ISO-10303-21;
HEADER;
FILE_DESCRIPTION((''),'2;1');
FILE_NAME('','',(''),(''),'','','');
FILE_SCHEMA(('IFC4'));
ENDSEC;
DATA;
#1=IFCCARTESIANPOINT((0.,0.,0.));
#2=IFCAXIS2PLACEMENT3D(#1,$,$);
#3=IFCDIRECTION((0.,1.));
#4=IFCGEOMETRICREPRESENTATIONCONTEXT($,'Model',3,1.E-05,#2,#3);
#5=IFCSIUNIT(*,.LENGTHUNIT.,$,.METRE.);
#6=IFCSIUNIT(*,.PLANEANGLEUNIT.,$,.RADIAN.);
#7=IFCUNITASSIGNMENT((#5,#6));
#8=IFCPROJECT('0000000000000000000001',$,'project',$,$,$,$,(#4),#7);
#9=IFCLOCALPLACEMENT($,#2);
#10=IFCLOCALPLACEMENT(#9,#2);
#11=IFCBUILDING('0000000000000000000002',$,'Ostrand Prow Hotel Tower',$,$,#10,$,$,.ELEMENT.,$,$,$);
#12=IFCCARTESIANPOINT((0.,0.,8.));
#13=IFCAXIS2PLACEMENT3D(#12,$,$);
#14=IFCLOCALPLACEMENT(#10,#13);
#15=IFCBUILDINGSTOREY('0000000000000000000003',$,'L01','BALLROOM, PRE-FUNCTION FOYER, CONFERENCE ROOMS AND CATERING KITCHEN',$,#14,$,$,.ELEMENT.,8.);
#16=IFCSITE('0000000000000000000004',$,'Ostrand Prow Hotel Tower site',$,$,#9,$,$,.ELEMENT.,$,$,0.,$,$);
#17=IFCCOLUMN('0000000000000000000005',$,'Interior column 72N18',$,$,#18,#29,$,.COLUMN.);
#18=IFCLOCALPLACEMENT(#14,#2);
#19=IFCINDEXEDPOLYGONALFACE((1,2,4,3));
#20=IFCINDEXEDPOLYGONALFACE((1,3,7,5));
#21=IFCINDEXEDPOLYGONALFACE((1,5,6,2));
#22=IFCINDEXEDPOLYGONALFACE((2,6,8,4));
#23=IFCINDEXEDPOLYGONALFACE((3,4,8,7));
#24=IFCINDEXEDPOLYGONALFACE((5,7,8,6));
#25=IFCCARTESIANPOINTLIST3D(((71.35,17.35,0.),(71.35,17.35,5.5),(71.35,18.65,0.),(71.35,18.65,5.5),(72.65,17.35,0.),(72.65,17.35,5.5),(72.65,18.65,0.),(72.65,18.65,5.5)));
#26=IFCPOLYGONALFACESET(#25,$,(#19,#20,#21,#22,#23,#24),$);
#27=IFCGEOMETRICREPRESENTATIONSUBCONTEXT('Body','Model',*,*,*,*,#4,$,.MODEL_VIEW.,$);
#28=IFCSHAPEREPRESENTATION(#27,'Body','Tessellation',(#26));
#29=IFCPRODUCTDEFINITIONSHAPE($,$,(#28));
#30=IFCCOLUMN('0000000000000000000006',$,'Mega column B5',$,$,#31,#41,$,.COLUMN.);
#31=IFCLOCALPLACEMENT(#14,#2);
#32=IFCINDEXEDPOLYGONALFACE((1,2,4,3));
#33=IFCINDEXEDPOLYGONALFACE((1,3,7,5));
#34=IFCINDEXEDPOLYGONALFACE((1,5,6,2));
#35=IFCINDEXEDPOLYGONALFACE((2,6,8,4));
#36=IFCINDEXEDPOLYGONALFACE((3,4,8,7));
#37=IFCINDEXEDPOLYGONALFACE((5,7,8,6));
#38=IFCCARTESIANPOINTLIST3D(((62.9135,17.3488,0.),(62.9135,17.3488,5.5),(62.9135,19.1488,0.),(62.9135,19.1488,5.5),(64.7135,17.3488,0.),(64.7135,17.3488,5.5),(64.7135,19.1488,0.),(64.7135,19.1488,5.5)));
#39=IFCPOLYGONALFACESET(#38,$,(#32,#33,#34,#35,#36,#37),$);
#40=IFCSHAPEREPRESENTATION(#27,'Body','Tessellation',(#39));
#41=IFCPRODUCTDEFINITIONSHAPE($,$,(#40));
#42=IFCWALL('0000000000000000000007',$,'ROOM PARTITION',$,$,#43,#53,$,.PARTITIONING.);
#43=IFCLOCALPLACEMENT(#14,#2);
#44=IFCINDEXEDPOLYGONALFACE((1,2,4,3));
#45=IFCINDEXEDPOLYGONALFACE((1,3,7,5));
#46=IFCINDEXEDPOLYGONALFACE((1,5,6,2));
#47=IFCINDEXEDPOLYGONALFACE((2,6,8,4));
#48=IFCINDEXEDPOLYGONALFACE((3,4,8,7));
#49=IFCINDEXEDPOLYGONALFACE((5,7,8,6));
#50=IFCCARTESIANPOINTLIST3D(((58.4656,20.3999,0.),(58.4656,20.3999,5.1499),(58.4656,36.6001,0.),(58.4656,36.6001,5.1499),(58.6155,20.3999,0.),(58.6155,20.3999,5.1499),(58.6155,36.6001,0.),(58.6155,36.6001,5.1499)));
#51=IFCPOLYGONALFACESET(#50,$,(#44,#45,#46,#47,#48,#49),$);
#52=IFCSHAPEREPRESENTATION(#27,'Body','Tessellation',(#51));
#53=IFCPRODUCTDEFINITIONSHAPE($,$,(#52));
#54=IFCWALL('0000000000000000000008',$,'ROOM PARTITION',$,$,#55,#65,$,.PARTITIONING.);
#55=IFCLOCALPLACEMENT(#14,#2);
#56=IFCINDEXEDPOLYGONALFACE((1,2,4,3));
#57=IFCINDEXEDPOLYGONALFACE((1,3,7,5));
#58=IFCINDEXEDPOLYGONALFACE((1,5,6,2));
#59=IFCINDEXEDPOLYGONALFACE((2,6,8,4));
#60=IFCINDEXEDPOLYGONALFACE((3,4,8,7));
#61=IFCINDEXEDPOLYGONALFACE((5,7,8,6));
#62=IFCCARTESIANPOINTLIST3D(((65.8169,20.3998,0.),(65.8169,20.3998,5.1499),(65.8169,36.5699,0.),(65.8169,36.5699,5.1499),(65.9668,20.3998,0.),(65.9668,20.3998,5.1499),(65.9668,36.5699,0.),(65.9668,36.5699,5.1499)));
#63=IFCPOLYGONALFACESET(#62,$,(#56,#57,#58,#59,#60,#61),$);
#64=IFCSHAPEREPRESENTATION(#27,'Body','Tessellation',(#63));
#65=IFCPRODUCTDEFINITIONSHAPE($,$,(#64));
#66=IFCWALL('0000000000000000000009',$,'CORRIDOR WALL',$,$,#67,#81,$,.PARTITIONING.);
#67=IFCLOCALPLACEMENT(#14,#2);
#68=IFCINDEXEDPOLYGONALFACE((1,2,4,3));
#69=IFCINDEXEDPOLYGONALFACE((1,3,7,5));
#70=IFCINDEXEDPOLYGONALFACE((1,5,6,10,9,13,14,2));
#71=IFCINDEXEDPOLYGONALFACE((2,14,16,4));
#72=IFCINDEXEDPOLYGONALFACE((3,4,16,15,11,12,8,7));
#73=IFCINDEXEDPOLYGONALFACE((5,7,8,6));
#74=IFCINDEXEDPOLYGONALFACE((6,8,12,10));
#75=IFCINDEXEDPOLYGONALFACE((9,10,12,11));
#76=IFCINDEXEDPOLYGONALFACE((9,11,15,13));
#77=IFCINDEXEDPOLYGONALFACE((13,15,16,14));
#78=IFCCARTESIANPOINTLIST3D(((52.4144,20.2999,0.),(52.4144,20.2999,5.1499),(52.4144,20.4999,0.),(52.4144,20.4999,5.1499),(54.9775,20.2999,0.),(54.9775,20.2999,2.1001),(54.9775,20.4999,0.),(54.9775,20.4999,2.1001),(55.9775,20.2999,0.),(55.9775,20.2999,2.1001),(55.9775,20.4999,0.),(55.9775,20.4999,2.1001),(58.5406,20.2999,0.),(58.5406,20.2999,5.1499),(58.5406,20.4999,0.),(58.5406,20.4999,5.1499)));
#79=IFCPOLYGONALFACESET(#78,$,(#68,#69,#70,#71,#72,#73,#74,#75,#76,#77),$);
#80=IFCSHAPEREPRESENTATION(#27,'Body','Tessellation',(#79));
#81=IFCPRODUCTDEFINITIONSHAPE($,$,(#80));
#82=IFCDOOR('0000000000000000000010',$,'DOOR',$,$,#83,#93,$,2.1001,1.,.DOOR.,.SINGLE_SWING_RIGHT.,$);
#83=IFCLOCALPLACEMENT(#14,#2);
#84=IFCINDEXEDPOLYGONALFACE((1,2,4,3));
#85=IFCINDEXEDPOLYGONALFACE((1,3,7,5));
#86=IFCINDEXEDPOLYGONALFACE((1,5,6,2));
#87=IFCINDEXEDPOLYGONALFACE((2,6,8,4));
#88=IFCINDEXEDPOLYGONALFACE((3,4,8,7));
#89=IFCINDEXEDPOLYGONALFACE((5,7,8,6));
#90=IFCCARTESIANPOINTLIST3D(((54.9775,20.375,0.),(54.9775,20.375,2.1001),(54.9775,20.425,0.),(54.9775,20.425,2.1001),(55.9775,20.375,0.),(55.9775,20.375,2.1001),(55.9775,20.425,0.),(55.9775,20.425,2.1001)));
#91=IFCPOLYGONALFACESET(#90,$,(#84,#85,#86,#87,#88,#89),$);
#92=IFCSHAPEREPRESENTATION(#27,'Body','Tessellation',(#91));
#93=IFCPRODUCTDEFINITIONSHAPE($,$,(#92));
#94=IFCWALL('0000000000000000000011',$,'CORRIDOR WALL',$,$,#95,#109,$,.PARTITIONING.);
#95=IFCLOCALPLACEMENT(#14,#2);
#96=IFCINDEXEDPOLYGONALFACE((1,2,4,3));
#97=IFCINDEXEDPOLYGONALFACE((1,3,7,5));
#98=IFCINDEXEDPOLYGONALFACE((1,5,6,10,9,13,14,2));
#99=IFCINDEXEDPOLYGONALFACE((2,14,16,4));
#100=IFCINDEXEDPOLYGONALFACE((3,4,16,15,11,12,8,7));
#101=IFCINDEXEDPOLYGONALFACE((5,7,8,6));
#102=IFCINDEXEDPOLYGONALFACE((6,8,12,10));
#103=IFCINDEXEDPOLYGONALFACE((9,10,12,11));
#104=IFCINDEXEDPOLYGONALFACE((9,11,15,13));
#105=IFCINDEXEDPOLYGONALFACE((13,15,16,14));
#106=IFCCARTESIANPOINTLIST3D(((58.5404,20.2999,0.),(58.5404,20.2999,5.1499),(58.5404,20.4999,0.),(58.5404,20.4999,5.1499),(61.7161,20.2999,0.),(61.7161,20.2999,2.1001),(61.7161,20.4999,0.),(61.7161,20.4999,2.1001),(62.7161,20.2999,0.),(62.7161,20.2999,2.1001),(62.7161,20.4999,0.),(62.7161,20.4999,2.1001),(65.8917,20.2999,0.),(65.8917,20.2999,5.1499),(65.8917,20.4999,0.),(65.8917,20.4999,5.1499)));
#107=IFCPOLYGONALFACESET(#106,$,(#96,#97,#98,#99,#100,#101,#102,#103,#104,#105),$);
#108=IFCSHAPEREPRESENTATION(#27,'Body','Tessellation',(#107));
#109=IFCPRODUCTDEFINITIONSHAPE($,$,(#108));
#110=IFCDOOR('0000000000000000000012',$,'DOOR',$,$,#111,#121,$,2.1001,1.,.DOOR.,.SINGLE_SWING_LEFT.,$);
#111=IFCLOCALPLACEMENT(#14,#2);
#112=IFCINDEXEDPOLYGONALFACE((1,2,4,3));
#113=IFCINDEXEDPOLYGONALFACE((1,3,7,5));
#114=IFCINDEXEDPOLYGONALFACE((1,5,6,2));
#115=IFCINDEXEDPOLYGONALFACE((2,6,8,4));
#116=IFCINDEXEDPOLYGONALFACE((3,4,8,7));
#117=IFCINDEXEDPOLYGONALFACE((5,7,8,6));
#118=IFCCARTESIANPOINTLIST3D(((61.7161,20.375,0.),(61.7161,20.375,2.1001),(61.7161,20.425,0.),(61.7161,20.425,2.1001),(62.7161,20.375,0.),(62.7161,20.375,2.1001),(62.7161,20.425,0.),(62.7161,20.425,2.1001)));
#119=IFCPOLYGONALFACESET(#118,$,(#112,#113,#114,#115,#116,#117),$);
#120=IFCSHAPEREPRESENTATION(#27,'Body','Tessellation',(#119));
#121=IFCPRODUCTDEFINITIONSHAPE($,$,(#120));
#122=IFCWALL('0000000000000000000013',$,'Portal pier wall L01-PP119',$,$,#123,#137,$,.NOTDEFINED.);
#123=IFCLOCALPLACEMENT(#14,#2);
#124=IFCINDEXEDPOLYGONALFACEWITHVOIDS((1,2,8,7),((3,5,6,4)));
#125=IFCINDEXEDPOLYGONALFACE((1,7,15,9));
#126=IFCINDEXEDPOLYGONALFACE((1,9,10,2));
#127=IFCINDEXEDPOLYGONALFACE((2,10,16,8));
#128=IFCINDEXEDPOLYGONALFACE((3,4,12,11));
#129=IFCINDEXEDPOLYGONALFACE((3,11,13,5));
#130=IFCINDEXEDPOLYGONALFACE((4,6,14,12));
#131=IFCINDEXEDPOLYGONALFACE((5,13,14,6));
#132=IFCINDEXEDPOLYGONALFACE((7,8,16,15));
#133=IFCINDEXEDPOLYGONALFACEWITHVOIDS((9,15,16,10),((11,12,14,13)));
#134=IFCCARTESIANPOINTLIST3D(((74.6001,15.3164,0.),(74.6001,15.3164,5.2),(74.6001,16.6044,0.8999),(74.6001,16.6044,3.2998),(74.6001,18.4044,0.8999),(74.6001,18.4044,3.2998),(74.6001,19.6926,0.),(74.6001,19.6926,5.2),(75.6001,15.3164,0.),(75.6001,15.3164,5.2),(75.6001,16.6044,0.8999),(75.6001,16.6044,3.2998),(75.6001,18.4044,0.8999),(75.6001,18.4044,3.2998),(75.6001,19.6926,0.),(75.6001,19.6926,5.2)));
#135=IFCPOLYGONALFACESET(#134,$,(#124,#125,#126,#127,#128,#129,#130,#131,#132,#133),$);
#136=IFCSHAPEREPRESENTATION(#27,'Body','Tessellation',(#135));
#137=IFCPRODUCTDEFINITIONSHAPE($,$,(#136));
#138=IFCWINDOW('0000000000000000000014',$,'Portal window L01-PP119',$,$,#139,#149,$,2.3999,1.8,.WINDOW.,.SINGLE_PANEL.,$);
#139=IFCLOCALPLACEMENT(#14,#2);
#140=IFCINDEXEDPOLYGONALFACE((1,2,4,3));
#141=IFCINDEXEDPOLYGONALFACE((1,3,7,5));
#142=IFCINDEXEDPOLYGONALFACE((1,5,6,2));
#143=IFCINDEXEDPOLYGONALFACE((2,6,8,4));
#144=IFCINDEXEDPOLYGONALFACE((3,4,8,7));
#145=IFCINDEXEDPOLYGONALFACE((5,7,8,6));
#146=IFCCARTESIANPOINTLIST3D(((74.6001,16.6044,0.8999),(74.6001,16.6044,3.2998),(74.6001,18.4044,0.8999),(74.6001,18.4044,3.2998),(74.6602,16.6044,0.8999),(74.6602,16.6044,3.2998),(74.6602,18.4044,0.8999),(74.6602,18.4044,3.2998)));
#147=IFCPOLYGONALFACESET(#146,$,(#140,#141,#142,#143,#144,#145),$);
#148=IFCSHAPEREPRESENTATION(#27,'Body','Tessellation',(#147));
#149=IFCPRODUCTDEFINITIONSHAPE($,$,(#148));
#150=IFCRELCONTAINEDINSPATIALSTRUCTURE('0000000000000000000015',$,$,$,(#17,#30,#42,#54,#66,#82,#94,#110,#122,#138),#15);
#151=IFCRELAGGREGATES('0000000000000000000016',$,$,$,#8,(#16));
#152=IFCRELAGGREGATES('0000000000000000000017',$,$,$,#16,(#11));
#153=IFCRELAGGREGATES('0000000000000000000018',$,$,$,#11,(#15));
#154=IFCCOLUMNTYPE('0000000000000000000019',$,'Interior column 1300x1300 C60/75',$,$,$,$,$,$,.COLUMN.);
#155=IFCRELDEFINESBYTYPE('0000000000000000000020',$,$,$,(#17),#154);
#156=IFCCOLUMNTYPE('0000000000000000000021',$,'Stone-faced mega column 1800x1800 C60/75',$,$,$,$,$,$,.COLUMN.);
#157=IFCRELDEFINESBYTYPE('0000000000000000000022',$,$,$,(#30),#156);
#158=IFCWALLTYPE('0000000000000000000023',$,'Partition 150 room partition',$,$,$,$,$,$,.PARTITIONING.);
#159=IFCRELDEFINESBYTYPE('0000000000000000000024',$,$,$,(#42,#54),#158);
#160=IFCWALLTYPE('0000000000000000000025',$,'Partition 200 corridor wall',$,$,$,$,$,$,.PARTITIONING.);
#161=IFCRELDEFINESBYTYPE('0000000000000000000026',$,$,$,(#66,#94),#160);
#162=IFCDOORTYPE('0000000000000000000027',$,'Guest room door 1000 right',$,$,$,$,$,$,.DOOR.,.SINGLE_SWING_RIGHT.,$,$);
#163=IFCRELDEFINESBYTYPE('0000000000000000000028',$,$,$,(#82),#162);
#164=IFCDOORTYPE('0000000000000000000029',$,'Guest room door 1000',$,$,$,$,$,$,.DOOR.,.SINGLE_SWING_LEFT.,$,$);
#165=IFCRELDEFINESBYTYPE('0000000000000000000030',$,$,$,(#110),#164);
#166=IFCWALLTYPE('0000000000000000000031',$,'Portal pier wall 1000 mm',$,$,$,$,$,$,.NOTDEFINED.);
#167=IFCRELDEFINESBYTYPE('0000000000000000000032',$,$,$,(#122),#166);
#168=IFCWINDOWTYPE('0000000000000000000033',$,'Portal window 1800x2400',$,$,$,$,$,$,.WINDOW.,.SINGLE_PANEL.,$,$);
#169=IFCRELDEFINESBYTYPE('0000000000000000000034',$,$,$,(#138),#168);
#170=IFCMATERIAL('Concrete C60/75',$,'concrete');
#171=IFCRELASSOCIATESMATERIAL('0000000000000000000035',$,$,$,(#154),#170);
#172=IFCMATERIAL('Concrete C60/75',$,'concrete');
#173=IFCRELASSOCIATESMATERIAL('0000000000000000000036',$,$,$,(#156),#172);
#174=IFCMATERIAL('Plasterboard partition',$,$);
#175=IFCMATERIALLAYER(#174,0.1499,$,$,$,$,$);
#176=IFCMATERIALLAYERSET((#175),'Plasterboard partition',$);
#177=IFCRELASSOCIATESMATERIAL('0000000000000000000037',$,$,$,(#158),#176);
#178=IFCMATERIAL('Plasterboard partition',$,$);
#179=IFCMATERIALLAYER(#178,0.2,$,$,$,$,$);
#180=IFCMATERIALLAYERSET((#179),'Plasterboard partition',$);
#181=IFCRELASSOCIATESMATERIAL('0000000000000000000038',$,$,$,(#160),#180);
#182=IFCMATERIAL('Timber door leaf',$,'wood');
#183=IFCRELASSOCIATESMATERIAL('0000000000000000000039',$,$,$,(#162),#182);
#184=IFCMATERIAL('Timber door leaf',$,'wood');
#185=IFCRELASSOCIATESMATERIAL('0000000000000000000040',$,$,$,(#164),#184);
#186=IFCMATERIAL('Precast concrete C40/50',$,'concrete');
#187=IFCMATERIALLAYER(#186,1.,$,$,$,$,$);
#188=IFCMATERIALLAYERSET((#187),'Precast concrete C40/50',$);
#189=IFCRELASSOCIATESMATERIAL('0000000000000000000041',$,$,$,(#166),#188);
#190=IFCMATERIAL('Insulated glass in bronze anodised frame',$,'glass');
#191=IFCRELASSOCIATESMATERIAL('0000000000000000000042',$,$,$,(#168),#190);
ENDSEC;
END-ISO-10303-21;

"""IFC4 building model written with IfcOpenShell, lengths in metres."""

from ifc_helpers import new_model, si_unit, direction, frame, frame_2d, origin, origin_2d, place, context, subcontext, project, spatial, polyline, rectangle, outline, extrude, material, layer, layer_set, material_profile, profile_set, type_object, element, fill, save


model = new_model("IFC4")

# Units and contexts
model_context = context("Model", 3, precision=1e-05, world=origin(), true_north=direction((0.0, 1.0)))
body_context = subcontext(model_context, "Body", "Model", "MODEL_VIEW")
ifc_project = project(units=[si_unit("LENGTHUNIT", "METRE"), si_unit("PLANEANGLEUNIT", "RADIAN")], contexts=[model_context])

# Site, building, storey
site_placement = place(None, origin())
site = spatial("IfcSite", under=ifc_project, at=site_placement, Name="Ostrand Prow Hotel Tower site", CompositionType="ELEMENT", RefElevation=0.0)
building_placement = place(site_placement, origin())
building = spatial("IfcBuilding", under=site, at=building_placement, Name="Ostrand Prow Hotel Tower", CompositionType="ELEMENT")
storey_placement = place(building_placement, frame((0.0, 0.0, 8.0)))
storey = spatial("IfcBuildingStorey", under=building, at=storey_placement, Name="L01", Description="BALLROOM, PRE-FUNCTION FOYER, CONFERENCE ROOMS AND CATERING KITCHEN", CompositionType="ELEMENT", Elevation=8.0)

# Columns
ifc_material_1 = material(Name="Concrete C60/75", Category="concrete")
ifc_material_profile_1 = material_profile(ifc_material_1, rectangle(XDim=1.3, YDim=1.3, at=origin_2d()), Name="RC 1300x1300")
ifc_profile_set_1 = profile_set([ifc_material_profile_1], Name="Concrete C60/75")
column_type_1 = type_object("IfcColumnType", Name="Interior column 1300x1300 C60/75", PredefinedType="COLUMN", material=ifc_profile_set_1)
column_1_placement = place(storey_placement, frame((72.0, 18.0, 0.0), z_axis=(0.0, 0.0, 1.0), x_axis=(1.0, 0.0, 0.0)))
element("IfcColumn", 1, at=column_1_placement, inside=storey, type_object=column_type_1, Name="Interior column 72N18", PredefinedType="COLUMN", context=body_context, shape_type="SweptSolid", body=[
    extrude(rectangle(XDim=1.3, YDim=1.3, at=origin_2d()), origin(), (0.0, 0.0, 1.0), 5.5),
])
ifc_material_2 = material(Name="Concrete C60/75", Category="concrete")
ifc_material_profile_2 = material_profile(ifc_material_2, rectangle(XDim=1.8, YDim=1.8, at=origin_2d()), Name="RC 1800x1800")
ifc_profile_set_2 = profile_set([ifc_material_profile_2], Name="Concrete C60/75")
column_type_2 = type_object("IfcColumnType", Name="Stone-faced mega column 1800x1800 C60/75", PredefinedType="COLUMN", material=ifc_profile_set_2)
column_2_placement = place(storey_placement, frame((63.8135, 18.2488, 0.0), z_axis=(0.0, 0.0, 1.0), x_axis=(1.0, 0.0, 0.0)))
element("IfcColumn", 2, at=column_2_placement, inside=storey, type_object=column_type_2, Name="Mega column B5", PredefinedType="COLUMN", context=body_context, shape_type="SweptSolid", body=[
    extrude(rectangle(XDim=1.8, YDim=1.8, at=origin_2d()), origin(), (0.0, 0.0, 1.0), 5.5),
])

# Walls
ifc_material_3 = material(Name="Plasterboard partition")
ifc_layer_1 = layer(ifc_material_3, 0.1499)
ifc_layer_set_1 = layer_set([ifc_layer_1], Name="Plasterboard partition")
wall_type_1 = type_object("IfcWallType", Name="Partition 150 room partition", PredefinedType="PARTITIONING", material=ifc_layer_set_1)
wall_1_placement = place(storey_placement, frame((58.5405, 20.3999, 0.0), z_axis=(0.0, 0.0, 1.0), x_axis=(0.0, 1.0, 0.0)))
element("IfcWall", 3, at=wall_1_placement, inside=storey, type_object=wall_type_1, Name="ROOM PARTITION", PredefinedType="PARTITIONING", context=body_context, shape_type="SweptSolid", body=[
    extrude(rectangle(XDim=16.2002, YDim=0.1499, at=frame_2d((8.1001, 0.0))), origin(), (0.0, 0.0, 1.0), 5.1499),
])
wall_2_placement = place(storey_placement, frame((65.8918, 20.3999, 0.0), z_axis=(0.0, 0.0, 1.0), x_axis=(0.0, 1.0, 0.0)))
element("IfcWall", 4, at=wall_2_placement, inside=storey, type_object=wall_type_1, Name="ROOM PARTITION", PredefinedType="PARTITIONING", context=body_context, shape_type="SweptSolid", body=[
    extrude(rectangle(XDim=16.1702, YDim=0.1499, at=frame_2d((8.085, 0.0))), origin(), (0.0, 0.0, 1.0), 5.1499),
])

# Walls, openings, doors
ifc_material_4 = material(Name="Plasterboard partition")
ifc_layer_2 = layer(ifc_material_4, 0.2)
ifc_layer_set_2 = layer_set([ifc_layer_2], Name="Plasterboard partition")
wall_type_2 = type_object("IfcWallType", Name="Partition 200 corridor wall", PredefinedType="PARTITIONING", material=ifc_layer_set_2)
wall_3_placement = place(storey_placement, frame((58.5405, 20.3999, 0.0), z_axis=(0.0, 0.0, 1.0), x_axis=(-1.0, 0.0, 0.0)))
wall_3 = element("IfcWall", 5, at=wall_3_placement, inside=storey, type_object=wall_type_2, Name="CORRIDOR WALL", PredefinedType="PARTITIONING", context=body_context, shape_type="SweptSolid", body=[
    extrude(rectangle(XDim=6.1262, YDim=0.2, at=frame_2d((3.063, 0.0))), origin(), (0.0, 0.0, 1.0), 5.1499),
])
opening_1_placement = place(wall_3_placement, frame((2.563, 0.0, 0.0)))
opening_1 = element("IfcOpeningElement", 6, at=opening_1_placement, cuts=wall_3, PredefinedType="OPENING", context=body_context, shape_type="SweptSolid", body=[
    extrude(rectangle(XDim=1.0, YDim=2.1001, at=frame_2d((0.5, 1.05))), frame((0.0, 0.1099, 0.0), z_axis=(0.0, -1.0, 0.0), x_axis=(1.0, 0.0, 0.0)), (0.0, 0.0, 1.0), 0.22),
])
ifc_material_5 = material(Name="Timber door leaf", Category="wood")
door_type_1 = type_object("IfcDoorType", Name="Guest room door 1000 right", OperationType="SINGLE_SWING_RIGHT", PredefinedType="DOOR", material=ifc_material_5)
door_1_placement = place(opening_1_placement, origin())
door_1 = element("IfcDoor", 7, at=door_1_placement, inside=storey, type_object=door_type_1, Name="DOOR", OperationType="SINGLE_SWING_RIGHT", OverallHeight=2.1001, OverallWidth=1.0, PredefinedType="DOOR", context=body_context, shape_type="SweptSolid", body=[
    extrude(rectangle(XDim=1.0, YDim=2.1001, at=frame_2d((0.5, 1.05))), frame((0.0, 0.0249, 0.0), z_axis=(0.0, -1.0, 0.0), x_axis=(1.0, 0.0, 0.0)), (0.0, 0.0, 1.0), 0.05),
])
fill(opening_1, door_1)
wall_4_placement = place(storey_placement, frame((65.8918, 20.3999, 0.0), z_axis=(0.0, 0.0, 1.0), x_axis=(-1.0, 0.0, 0.0)))
wall_4 = element("IfcWall", 8, at=wall_4_placement, inside=storey, type_object=wall_type_2, Name="CORRIDOR WALL", PredefinedType="PARTITIONING", context=body_context, shape_type="SweptSolid", body=[
    extrude(rectangle(XDim=7.3513, YDim=0.2, at=frame_2d((3.6758, 0.0))), origin(), (0.0, 0.0, 1.0), 5.1499),
])
opening_2_placement = place(wall_4_placement, frame((3.1758, 0.0, 0.0)))
opening_2 = element("IfcOpeningElement", 9, at=opening_2_placement, cuts=wall_4, PredefinedType="OPENING", context=body_context, shape_type="SweptSolid", body=[
    extrude(rectangle(XDim=1.0, YDim=2.1001, at=frame_2d((0.5, 1.05))), frame((0.0, 0.1099, 0.0), z_axis=(0.0, -1.0, 0.0), x_axis=(1.0, 0.0, 0.0)), (0.0, 0.0, 1.0), 0.22),
])
ifc_material_6 = material(Name="Timber door leaf", Category="wood")
door_type_2 = type_object("IfcDoorType", Name="Guest room door 1000", OperationType="SINGLE_SWING_LEFT", PredefinedType="DOOR", material=ifc_material_6)
door_2_placement = place(opening_2_placement, origin())
door_2 = element("IfcDoor", 10, at=door_2_placement, inside=storey, type_object=door_type_2, Name="DOOR", OperationType="SINGLE_SWING_LEFT", OverallHeight=2.1001, OverallWidth=1.0, PredefinedType="DOOR", context=body_context, shape_type="SweptSolid", body=[
    extrude(rectangle(XDim=1.0, YDim=2.1001, at=frame_2d((0.5, 1.05))), frame((0.0, 0.0249, 0.0), z_axis=(0.0, -1.0, 0.0), x_axis=(1.0, 0.0, 0.0)), (0.0, 0.0, 1.0), 0.05),
])
fill(opening_2, door_2)

# Wall, opening, window
ifc_material_7 = material(Name="Precast concrete C40/50", Category="concrete")
ifc_layer_3 = layer(ifc_material_7, 1.0)
ifc_layer_set_3 = layer_set([ifc_layer_3], Name="Precast concrete C40/50")
wall_type_3 = type_object("IfcWallType", Name="Portal pier wall 1000 mm", PredefinedType="NOTDEFINED", material=ifc_layer_set_3)
wall_5_placement = place(storey_placement, frame((75.1001, 15.3164, 0.0), z_axis=(0.0, 0.0, 1.0), x_axis=(0.0, 1.0, 0.0)))
wall_5 = element("IfcWall", 11, at=wall_5_placement, inside=storey, type_object=wall_type_3, Name="Portal pier wall L01-PP119", PredefinedType="NOTDEFINED", context=body_context, shape_type="SweptSolid", body=[
    extrude(outline(polyline([(0.0, -0.5), (4.3762, -0.5), (4.3762, 0.5), (0.0, 0.5), (0.0, -0.5)])), origin(), (0.0, 0.0, 1.0), 5.2),
])
opening_3_placement = place(wall_5_placement, frame((1.2881, 0.0, 0.8999)))
opening_3 = element("IfcOpeningElement", 12, at=opening_3_placement, cuts=wall_5, PredefinedType="OPENING", context=body_context, shape_type="SweptSolid", body=[
    extrude(rectangle(XDim=1.8, YDim=2.3999, at=frame_2d((0.8999, 1.2))), frame((0.0, 0.51, 0.0), z_axis=(0.0, -1.0, 0.0), x_axis=(1.0, 0.0, 0.0)), (0.0, 0.0, 1.0), 1.02),
])
ifc_material_8 = material(Name="Insulated glass in bronze anodised frame", Category="glass")
window_type = type_object("IfcWindowType", Name="Portal window 1800x2400", PartitioningType="SINGLE_PANEL", PredefinedType="WINDOW", material=ifc_material_8)
window_1_placement = place(opening_3_placement, origin())
window_1 = element("IfcWindow", 13, at=window_1_placement, inside=storey, type_object=window_type, Name="Portal window L01-PP119", OverallHeight=2.3999, OverallWidth=1.8, PartitioningType="SINGLE_PANEL", PredefinedType="WINDOW", context=body_context, shape_type="SweptSolid", body=[
    extrude(rectangle(XDim=1.8, YDim=2.3999, at=frame_2d((0.8999, 1.2))), frame((0.0, 0.5, 0.0), z_axis=(0.0, -1.0, 0.0), x_axis=(1.0, 0.0, 0.0)), (0.0, 0.0, 1.0), 0.0601),
])
fill(opening_3, window_1)

save(model, "model.ifc")
